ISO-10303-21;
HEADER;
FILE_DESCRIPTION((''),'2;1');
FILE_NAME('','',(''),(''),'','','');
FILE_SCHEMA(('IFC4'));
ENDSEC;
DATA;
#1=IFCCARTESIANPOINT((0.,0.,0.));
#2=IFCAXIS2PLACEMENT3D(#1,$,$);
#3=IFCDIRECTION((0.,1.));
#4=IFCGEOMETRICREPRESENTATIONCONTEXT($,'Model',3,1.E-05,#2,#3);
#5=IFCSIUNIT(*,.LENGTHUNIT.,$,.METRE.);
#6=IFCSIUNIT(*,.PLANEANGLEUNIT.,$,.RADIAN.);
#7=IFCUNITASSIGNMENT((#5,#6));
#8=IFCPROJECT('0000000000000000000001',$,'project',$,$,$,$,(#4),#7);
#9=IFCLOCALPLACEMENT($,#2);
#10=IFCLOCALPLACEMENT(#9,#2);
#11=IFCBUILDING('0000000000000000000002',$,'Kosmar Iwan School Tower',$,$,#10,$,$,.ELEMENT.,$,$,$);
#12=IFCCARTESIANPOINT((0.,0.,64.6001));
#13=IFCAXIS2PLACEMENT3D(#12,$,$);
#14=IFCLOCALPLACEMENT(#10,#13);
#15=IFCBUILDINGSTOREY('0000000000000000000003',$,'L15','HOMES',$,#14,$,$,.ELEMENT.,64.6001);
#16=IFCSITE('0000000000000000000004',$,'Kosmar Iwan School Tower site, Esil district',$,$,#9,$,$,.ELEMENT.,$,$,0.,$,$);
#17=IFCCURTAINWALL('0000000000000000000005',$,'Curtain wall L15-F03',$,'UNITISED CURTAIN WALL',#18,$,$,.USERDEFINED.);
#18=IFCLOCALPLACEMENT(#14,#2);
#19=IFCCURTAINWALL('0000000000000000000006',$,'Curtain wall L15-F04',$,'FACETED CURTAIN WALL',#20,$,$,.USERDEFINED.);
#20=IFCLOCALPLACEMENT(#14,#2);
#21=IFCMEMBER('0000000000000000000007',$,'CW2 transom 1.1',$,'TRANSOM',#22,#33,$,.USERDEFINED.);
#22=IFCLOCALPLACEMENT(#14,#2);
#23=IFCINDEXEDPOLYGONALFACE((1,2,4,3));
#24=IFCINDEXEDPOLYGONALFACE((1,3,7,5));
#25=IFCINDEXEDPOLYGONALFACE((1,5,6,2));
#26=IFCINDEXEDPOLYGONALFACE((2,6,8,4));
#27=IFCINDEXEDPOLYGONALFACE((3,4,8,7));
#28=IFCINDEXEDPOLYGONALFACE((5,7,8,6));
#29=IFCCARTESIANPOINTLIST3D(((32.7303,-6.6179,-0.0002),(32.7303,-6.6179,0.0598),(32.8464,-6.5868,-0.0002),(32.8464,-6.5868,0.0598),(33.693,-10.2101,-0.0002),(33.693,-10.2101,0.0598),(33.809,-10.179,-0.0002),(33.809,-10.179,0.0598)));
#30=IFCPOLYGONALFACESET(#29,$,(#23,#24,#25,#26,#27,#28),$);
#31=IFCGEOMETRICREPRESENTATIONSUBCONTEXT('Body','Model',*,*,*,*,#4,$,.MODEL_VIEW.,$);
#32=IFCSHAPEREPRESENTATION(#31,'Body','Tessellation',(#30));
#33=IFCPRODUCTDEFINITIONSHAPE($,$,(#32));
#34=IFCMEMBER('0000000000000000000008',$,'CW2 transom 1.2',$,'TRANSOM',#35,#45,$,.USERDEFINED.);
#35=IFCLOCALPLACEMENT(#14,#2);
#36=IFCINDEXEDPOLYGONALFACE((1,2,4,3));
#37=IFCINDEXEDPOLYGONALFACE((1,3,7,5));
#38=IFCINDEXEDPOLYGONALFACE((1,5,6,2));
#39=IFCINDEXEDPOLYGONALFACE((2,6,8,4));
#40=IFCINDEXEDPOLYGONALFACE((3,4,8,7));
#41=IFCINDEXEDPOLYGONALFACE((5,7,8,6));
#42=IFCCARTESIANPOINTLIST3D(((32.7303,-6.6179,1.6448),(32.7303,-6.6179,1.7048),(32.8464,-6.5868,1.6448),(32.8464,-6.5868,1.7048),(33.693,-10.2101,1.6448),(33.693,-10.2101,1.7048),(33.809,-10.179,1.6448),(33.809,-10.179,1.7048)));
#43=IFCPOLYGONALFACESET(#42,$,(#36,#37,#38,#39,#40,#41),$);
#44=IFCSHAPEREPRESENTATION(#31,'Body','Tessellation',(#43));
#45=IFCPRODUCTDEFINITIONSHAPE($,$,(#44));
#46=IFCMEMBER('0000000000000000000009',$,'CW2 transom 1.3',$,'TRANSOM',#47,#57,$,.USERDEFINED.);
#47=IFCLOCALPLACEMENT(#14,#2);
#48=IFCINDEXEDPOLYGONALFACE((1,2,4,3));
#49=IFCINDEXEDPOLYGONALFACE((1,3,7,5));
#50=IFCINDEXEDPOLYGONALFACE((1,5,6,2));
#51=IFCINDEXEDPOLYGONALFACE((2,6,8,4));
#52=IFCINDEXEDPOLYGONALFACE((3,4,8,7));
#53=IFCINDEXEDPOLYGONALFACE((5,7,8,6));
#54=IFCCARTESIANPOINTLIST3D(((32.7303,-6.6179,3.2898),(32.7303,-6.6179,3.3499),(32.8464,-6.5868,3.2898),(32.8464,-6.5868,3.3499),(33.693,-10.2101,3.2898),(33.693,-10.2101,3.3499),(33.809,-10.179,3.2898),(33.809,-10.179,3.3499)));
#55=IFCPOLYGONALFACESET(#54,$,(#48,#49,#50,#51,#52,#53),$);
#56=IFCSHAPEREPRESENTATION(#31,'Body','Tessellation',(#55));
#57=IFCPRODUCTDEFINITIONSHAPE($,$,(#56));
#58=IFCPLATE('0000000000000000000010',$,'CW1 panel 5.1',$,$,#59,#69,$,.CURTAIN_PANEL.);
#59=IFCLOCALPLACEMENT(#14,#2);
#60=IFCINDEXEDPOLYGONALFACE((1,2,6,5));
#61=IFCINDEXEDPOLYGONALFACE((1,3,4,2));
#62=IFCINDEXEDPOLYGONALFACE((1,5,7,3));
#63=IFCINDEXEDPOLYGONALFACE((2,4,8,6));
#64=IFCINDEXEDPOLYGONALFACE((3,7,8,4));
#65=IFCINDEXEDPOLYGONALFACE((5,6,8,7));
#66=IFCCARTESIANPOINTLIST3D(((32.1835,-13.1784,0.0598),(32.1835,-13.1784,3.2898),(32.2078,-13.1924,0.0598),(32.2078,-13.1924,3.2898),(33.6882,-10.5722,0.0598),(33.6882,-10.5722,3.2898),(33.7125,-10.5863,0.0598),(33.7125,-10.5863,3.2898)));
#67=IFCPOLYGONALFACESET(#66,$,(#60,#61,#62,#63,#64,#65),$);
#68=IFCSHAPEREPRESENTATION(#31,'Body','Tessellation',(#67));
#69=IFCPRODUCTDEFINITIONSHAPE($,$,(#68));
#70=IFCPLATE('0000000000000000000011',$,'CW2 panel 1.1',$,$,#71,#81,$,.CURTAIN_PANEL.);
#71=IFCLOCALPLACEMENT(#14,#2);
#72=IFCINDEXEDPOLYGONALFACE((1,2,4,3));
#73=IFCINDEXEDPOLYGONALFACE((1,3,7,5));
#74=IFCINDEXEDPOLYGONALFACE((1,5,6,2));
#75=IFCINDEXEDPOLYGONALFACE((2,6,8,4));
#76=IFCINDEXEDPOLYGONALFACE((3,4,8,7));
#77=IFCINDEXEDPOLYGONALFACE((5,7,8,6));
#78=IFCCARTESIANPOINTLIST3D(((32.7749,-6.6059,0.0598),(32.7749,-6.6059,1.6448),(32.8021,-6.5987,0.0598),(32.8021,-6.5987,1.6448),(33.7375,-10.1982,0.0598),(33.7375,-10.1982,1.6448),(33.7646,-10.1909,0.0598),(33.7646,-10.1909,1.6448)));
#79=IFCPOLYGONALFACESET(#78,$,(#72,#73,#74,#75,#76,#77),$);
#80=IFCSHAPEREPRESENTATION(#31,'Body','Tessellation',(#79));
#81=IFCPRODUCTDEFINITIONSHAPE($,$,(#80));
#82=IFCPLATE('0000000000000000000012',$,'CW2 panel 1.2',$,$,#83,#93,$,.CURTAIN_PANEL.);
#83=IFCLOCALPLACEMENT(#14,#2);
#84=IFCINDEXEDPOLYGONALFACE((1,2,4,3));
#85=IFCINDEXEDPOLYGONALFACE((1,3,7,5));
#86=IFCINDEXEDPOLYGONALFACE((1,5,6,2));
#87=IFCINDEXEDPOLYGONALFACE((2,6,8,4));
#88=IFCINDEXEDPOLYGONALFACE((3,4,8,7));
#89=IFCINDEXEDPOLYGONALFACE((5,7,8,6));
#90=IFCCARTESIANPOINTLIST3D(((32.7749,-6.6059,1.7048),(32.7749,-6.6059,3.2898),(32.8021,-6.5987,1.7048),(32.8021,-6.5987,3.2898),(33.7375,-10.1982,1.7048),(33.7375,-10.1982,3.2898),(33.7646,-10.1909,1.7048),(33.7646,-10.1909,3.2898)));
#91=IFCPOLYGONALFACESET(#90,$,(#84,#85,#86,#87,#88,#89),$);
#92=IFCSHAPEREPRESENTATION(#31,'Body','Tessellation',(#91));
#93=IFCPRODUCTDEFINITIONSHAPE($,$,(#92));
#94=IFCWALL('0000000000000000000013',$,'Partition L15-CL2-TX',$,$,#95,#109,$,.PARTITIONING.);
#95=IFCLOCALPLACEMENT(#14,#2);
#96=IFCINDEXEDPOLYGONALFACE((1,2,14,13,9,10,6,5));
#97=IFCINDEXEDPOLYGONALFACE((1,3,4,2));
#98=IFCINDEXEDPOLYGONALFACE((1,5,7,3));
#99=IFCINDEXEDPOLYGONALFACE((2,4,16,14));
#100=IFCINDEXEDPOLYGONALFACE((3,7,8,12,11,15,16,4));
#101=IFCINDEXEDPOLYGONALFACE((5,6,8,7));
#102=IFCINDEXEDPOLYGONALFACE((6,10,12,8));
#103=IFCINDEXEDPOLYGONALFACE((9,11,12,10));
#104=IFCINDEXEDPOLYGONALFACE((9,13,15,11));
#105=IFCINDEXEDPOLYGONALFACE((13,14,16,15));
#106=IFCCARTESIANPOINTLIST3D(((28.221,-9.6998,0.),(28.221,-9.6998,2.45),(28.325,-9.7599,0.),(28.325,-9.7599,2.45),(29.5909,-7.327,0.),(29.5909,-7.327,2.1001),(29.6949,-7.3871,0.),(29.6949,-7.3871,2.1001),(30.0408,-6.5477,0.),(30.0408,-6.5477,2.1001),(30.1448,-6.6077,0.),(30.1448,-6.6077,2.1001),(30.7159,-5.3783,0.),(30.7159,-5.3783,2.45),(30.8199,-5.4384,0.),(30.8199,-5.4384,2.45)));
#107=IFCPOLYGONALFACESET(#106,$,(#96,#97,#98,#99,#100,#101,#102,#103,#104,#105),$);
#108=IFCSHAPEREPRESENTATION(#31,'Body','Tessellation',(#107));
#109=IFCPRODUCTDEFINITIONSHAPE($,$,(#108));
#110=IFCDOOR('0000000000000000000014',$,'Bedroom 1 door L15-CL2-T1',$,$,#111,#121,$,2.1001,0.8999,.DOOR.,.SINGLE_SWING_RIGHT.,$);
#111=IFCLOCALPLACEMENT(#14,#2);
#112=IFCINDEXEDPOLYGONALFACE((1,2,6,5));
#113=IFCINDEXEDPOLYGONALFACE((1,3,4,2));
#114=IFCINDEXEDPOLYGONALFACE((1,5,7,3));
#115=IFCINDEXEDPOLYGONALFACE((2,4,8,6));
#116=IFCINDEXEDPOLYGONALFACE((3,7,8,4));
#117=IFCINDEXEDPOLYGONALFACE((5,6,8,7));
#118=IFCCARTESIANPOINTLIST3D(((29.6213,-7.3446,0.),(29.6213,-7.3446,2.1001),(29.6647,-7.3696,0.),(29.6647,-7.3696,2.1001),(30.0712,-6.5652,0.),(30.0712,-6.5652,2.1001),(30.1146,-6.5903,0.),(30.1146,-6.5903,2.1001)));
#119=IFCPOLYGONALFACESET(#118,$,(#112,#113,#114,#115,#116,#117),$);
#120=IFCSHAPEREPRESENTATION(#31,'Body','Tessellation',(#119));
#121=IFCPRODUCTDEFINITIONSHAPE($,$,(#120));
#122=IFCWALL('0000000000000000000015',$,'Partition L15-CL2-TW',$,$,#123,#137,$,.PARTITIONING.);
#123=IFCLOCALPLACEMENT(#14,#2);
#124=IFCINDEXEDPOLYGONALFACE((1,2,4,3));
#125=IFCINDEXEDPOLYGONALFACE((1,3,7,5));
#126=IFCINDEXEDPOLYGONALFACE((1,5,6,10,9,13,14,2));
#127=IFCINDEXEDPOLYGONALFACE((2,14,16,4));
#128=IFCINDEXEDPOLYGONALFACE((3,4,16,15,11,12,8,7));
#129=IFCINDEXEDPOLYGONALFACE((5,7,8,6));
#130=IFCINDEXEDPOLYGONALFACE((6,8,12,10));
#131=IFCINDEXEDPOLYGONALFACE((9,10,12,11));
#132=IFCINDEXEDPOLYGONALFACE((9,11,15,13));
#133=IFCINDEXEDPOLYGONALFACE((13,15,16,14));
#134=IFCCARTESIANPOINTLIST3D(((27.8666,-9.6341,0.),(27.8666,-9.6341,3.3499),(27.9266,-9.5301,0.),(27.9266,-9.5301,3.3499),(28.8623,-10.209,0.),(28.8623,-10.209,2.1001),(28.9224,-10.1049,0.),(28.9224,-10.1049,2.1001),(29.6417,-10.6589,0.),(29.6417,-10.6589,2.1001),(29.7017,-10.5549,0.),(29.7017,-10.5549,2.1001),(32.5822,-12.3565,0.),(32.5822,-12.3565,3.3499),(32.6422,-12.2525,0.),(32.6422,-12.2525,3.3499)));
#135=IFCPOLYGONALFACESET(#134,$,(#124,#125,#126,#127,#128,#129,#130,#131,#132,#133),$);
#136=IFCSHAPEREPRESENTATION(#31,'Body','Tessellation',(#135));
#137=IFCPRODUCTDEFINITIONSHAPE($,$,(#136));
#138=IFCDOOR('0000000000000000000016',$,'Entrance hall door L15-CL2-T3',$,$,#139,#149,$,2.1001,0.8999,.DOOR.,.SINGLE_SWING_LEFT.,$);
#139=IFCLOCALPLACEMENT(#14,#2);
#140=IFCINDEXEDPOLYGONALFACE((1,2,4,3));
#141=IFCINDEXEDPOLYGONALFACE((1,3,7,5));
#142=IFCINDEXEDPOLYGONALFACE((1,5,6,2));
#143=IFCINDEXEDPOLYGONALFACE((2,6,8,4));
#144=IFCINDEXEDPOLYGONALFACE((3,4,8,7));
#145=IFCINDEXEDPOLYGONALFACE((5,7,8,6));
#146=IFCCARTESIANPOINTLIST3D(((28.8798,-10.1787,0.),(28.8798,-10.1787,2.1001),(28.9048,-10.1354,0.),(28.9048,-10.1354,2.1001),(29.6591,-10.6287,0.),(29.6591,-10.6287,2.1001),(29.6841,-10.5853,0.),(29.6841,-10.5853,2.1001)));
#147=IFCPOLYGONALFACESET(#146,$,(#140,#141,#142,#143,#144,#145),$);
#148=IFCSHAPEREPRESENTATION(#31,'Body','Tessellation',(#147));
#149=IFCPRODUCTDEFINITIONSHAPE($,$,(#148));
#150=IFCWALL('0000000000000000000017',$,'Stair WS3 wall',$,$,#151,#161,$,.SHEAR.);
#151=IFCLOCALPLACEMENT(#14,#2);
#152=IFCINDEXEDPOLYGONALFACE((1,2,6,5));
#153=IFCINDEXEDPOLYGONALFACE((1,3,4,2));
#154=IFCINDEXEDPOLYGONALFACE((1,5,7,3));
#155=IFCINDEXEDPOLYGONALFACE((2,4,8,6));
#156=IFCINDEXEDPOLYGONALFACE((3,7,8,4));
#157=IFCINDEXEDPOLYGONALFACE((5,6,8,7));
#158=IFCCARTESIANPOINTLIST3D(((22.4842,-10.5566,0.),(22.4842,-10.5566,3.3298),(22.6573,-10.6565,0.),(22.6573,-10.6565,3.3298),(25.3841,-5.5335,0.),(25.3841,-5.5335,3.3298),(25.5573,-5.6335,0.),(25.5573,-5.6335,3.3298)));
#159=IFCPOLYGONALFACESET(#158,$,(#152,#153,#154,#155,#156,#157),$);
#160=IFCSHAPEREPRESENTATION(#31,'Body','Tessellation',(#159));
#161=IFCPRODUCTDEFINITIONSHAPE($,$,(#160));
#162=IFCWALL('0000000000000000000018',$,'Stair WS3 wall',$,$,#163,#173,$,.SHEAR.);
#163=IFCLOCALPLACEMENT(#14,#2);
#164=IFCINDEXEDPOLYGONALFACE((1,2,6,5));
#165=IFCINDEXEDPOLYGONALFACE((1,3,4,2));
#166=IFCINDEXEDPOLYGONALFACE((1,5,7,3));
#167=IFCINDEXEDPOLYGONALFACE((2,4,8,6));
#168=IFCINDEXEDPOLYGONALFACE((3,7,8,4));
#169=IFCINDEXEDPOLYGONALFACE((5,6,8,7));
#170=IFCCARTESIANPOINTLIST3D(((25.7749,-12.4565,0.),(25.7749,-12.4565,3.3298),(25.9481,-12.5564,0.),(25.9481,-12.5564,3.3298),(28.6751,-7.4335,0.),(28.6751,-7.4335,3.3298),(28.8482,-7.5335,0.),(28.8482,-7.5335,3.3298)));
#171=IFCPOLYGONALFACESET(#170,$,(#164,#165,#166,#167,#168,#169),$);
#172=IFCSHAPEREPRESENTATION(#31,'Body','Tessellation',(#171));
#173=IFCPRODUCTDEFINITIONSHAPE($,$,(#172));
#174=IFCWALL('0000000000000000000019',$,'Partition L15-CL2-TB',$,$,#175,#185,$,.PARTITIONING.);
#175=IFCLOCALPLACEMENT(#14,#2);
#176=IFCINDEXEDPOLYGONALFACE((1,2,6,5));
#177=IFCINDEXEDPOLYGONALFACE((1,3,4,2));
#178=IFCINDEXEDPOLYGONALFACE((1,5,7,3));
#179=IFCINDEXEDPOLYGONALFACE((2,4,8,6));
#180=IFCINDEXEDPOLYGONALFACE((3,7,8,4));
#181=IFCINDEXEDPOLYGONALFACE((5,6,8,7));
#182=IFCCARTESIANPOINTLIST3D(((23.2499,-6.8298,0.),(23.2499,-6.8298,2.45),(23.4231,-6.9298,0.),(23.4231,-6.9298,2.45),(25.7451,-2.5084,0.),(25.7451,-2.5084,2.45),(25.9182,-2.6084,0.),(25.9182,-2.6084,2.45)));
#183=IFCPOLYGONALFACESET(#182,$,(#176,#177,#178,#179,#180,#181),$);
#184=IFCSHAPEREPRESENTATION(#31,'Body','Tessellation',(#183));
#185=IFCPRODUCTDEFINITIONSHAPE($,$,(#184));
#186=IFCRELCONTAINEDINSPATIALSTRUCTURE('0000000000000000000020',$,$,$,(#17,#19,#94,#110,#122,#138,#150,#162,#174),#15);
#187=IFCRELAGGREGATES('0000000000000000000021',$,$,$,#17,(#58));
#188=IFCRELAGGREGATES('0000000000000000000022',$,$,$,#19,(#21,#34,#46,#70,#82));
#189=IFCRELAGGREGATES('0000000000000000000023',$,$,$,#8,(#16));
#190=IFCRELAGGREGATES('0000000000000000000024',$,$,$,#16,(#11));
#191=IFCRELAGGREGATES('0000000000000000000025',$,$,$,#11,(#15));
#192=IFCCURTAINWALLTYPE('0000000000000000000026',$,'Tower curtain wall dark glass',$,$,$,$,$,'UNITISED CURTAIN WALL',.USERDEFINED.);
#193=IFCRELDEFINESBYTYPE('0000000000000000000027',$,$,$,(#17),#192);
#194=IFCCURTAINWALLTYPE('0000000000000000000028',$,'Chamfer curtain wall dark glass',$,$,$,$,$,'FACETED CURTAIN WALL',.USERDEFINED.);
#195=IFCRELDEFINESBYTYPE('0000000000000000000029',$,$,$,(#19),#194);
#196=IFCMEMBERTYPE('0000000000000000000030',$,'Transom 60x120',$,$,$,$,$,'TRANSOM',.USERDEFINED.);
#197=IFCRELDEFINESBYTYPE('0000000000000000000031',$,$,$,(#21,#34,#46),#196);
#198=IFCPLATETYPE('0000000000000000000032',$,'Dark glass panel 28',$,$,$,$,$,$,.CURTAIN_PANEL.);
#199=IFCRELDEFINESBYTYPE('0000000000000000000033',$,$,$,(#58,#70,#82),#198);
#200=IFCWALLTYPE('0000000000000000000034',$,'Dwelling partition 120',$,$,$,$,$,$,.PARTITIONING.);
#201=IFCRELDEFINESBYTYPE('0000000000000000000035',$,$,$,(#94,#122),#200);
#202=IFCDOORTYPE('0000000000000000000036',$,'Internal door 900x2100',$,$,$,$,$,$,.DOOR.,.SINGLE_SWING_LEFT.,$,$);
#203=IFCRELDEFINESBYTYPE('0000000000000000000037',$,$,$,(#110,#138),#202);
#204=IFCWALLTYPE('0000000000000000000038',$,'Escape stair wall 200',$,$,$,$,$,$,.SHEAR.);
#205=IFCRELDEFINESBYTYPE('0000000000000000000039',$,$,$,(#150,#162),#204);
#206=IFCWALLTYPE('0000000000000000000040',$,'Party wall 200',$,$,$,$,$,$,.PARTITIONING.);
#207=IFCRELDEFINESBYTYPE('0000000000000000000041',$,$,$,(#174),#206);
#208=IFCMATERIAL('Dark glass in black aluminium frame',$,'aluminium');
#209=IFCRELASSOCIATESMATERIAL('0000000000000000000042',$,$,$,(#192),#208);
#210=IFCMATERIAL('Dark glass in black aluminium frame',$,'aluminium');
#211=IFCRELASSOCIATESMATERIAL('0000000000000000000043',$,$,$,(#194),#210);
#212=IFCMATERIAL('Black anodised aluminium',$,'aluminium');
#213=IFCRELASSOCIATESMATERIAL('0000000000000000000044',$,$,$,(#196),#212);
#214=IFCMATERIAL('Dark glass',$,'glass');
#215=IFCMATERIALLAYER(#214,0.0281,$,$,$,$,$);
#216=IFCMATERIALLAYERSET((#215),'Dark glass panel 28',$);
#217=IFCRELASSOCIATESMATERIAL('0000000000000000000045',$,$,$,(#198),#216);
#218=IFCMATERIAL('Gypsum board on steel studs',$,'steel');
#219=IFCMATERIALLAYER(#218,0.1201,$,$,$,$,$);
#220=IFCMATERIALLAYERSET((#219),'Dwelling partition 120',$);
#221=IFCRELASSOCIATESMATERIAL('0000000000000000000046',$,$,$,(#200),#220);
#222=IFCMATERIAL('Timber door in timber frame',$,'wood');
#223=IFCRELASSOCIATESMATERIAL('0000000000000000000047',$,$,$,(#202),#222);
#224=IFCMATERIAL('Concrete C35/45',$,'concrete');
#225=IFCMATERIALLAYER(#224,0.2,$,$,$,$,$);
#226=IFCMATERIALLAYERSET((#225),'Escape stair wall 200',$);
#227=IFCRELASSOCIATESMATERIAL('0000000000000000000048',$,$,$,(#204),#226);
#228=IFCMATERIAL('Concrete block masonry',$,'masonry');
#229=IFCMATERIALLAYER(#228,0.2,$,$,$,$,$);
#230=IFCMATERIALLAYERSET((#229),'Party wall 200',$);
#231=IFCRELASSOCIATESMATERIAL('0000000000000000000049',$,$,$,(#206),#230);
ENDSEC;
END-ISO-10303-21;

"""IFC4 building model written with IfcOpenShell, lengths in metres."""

from ifc_helpers import new_model, si_unit, direction, frame, frame_2d, origin, origin_2d, place, context, subcontext, project, spatial, rectangle, extrude, material, layer, layer_set, material_profile, profile_set, type_object, element, fill, aggregate, save


model = new_model("IFC4")

# Units and contexts
model_context = context("Model", 3, precision=1e-05, world=origin(), true_north=direction((0.0, 1.0)))
body_context = subcontext(model_context, "Body", "Model", "MODEL_VIEW")
ifc_project = project(units=[si_unit("LENGTHUNIT", "METRE"), si_unit("PLANEANGLEUNIT", "RADIAN")], contexts=[model_context])

# Site, building, storey
site_placement = place(None, origin())
site = spatial("IfcSite", under=ifc_project, at=site_placement, Name="Kosmar Iwan School Tower site, Esil district", CompositionType="ELEMENT", RefElevation=0.0)
building_placement = place(site_placement, origin())
building = spatial("IfcBuilding", under=site, at=building_placement, Name="Kosmar Iwan School Tower", CompositionType="ELEMENT")
storey_placement = place(building_placement, frame((0.0, 0.0, 64.6001)))
storey = spatial("IfcBuildingStorey", under=building, at=storey_placement, Name="L15", Description="HOMES", CompositionType="ELEMENT", Elevation=64.6001)

# Curtain wall
ifc_material_1 = material(Name="Dark glass in black aluminium frame", Category="aluminium")
curtain_wall_type_1 = type_object("IfcCurtainWallType", Name="Tower curtain wall dark glass", ElementType="UNITISED CURTAIN WALL", PredefinedType="USERDEFINED", material=ifc_material_1)
curtain_wall_1_placement = place(storey_placement, origin())
curtain_wall_1 = element("IfcCurtainWall", 1, at=curtain_wall_1_placement, inside=storey, type_object=curtain_wall_type_1, Name="Curtain wall L15-F03", ObjectType="UNITISED CURTAIN WALL", PredefinedType="USERDEFINED")

# Curtain wall
ifc_material_2 = material(Name="Dark glass in black aluminium frame", Category="aluminium")
curtain_wall_type_2 = type_object("IfcCurtainWallType", Name="Chamfer curtain wall dark glass", ElementType="FACETED CURTAIN WALL", PredefinedType="USERDEFINED", material=ifc_material_2)
curtain_wall_2_placement = place(storey_placement, origin())
curtain_wall_2 = element("IfcCurtainWall", 2, at=curtain_wall_2_placement, inside=storey, type_object=curtain_wall_type_2, Name="Curtain wall L15-F04", ObjectType="FACETED CURTAIN WALL", PredefinedType="USERDEFINED")

# Members
ifc_material_3 = material(Name="Black anodised aluminium", Category="aluminium")
ifc_material_profile_1 = material_profile(ifc_material_3, rectangle(XDim=0.1201, YDim=0.0601, at=origin_2d()), Name="TRANSOM 60x120")
ifc_profile_set_1 = profile_set([ifc_material_profile_1], Name="Black anodised aluminium")
member_type_1 = type_object("IfcMemberType", Name="Transom 60x120", ElementType="TRANSOM", PredefinedType="USERDEFINED", material=ifc_profile_set_1)
member_1_placement = place(storey_placement, frame((33.751, -10.1946, 0.0298), z_axis=(-0.258843, 0.965919, 0.0), x_axis=(-0.965919, -0.258843, 0.0)))
member_1 = element("IfcMember", 3, at=member_1_placement, type_object=member_type_1, Name="CW2 transom 1.1", ObjectType="TRANSOM", PredefinedType="USERDEFINED", context=body_context, shape_type="SweptSolid", body=[
    extrude(rectangle(XDim=0.1201, YDim=0.0601, at=origin_2d()), origin(), (0.0, 0.0, 1.0), 3.719),
])
member_2_placement = place(storey_placement, frame((33.751, -10.1946, 1.6748), z_axis=(-0.258843, 0.965919, 0.0), x_axis=(-0.965919, -0.258843, 0.0)))
member_2 = element("IfcMember", 4, at=member_2_placement, type_object=member_type_1, Name="CW2 transom 1.2", ObjectType="TRANSOM", PredefinedType="USERDEFINED", context=body_context, shape_type="SweptSolid", body=[
    extrude(rectangle(XDim=0.1201, YDim=0.0601, at=origin_2d()), origin(), (0.0, 0.0, 1.0), 3.719),
])
member_3_placement = place(storey_placement, frame((33.751, -10.1946, 3.3198), z_axis=(-0.258843, 0.965919, 0.0), x_axis=(-0.965919, -0.258843, 0.0)))
member_3 = element("IfcMember", 5, at=member_3_placement, type_object=member_type_1, Name="CW2 transom 1.3", ObjectType="TRANSOM", PredefinedType="USERDEFINED", context=body_context, shape_type="SweptSolid", body=[
    extrude(rectangle(XDim=0.1201, YDim=0.0601, at=origin_2d()), origin(), (0.0, 0.0, 1.0), 3.719),
])

# Plates
ifc_material_4 = material(Name="Dark glass", Category="glass")
ifc_layer_1 = layer(ifc_material_4, 0.0281)
ifc_layer_set_1 = layer_set([ifc_layer_1], Name="Dark glass panel 28")
plate_type = type_object("IfcPlateType", Name="Dark glass panel 28", PredefinedType="CURTAIN_PANEL", material=ifc_layer_set_1)
plate_1_placement = place(storey_placement, frame((32.948, -11.8823, 0.0598), z_axis=(0.0, 0.0, 1.0), x_axis=(0.5, 0.866025, 0.0)))
plate_1 = element("IfcPlate", 6, at=plate_1_placement, type_object=plate_type, Name="CW1 panel 5.1", PredefinedType="CURTAIN_PANEL", context=body_context, shape_type="SweptSolid", body=[
    extrude(rectangle(XDim=3.0093, YDim=0.0281, at=origin_2d()), origin(), (0.0, 0.0, 1.0), 3.23),
])
aggregate(curtain_wall_1, [plate_1])
plate_2_placement = place(storey_placement, frame((33.2698, -8.3984, 0.0598), z_axis=(0.0, 0.0, 1.0), x_axis=(-0.258819, 0.965926, 0.0)))
plate_2 = element("IfcPlate", 7, at=plate_2_placement, type_object=plate_type, Name="CW2 panel 1.1", PredefinedType="CURTAIN_PANEL", context=body_context, shape_type="SweptSolid", body=[
    extrude(rectangle(XDim=3.719, YDim=0.0281, at=origin_2d()), origin(), (0.0, 0.0, 1.0), 1.585),
])
plate_3_placement = place(storey_placement, frame((33.2698, -8.3984, 1.7048), z_axis=(0.0, 0.0, 1.0), x_axis=(-0.258819, 0.965926, 0.0)))
plate_3 = element("IfcPlate", 8, at=plate_3_placement, type_object=plate_type, Name="CW2 panel 1.2", PredefinedType="CURTAIN_PANEL", context=body_context, shape_type="SweptSolid", body=[
    extrude(rectangle(XDim=3.719, YDim=0.0281, at=origin_2d()), origin(), (0.0, 0.0, 1.0), 1.585),
])
aggregate(curtain_wall_2, [member_1, member_2, member_3, plate_2, plate_3])

# Walls, openings, doors
ifc_material_5 = material(Name="Gypsum board on steel studs", Category="steel")
ifc_layer_2 = layer(ifc_material_5, 0.1201)
ifc_layer_set_2 = layer_set([ifc_layer_2], Name="Dwelling partition 120")
wall_type_1 = type_object("IfcWallType", Name="Dwelling partition 120", PredefinedType="PARTITIONING", material=ifc_layer_set_2)
wall_1_placement = place(storey_placement, frame((28.2729, -9.73, 0.0), z_axis=(0.0, 0.0, 1.0), x_axis=(0.499975, 0.86604, 0.0)))
wall_1 = element("IfcWall", 9, at=wall_1_placement, inside=storey, type_object=wall_type_1, Name="Partition L15-CL2-TX", PredefinedType="PARTITIONING", context=body_context, shape_type="SweptSolid", body=[
    extrude(rectangle(XDim=4.99, YDim=0.1201, at=frame_2d((2.4951, 0.0))), origin(), (0.0, 0.0, 1.0), 2.45),
])
opening_1_placement = place(wall_1_placement, frame((2.74, 0.0, 0.0)))
opening_1 = element("IfcOpeningElement", 10, at=opening_1_placement, cuts=wall_1, PredefinedType="OPENING", context=body_context, shape_type="SweptSolid", body=[
    extrude(rectangle(XDim=0.8999, YDim=2.1001, at=frame_2d((0.45, 1.05))), frame((0.0, 0.072, 0.0), z_axis=(0.0, -1.0, 0.0), x_axis=(1.0, 0.0, 0.0)), (0.0, 0.0, 1.0), 0.144),
])
ifc_material_6 = material(Name="Timber door in timber frame", Category="wood")
door_type = type_object("IfcDoorType", Name="Internal door 900x2100", OperationType="SINGLE_SWING_LEFT", PredefinedType="DOOR", material=ifc_material_6)
door_1_placement = place(opening_1_placement, origin())
door_1 = element("IfcDoor", 11, at=door_1_placement, inside=storey, type_object=door_type, Name="Bedroom 1 door L15-CL2-T1", OperationType="SINGLE_SWING_RIGHT", OverallHeight=2.1001, OverallWidth=0.8999, PredefinedType="DOOR", context=body_context, shape_type="SweptSolid", body=[
    extrude(rectangle(XDim=0.8999, YDim=2.1001, at=frame_2d((0.45, 1.05))), frame((0.0, 0.0249, 0.0), z_axis=(0.0, -1.0, 0.0), x_axis=(1.0, 0.0, 0.0)), (0.0, 0.0, 1.0), 0.05),
])
fill(opening_1, door_1)
wall_2_placement = place(storey_placement, frame((27.8965, -9.582, 0.0), z_axis=(0.0, 0.0, 1.0), x_axis=(0.866036, -0.499982, 0.0)))
wall_2 = element("IfcWall", 12, at=wall_2_placement, inside=storey, type_object=wall_type_1, Name="Partition L15-CL2-TW", PredefinedType="PARTITIONING", context=body_context, shape_type="SweptSolid", body=[
    extrude(rectangle(XDim=5.4451, YDim=0.1201, at=frame_2d((2.7227, 0.0))), origin(), (0.0, 0.0, 1.0), 3.3499),
])
opening_2_placement = place(wall_2_placement, frame((1.1499, 0.0, 0.0)))
opening_2 = element("IfcOpeningElement", 13, at=opening_2_placement, cuts=wall_2, PredefinedType="OPENING", context=body_context, shape_type="SweptSolid", body=[
    extrude(rectangle(XDim=0.8999, YDim=2.1001, at=frame_2d((0.45, 1.05))), frame((0.0, 0.072, 0.0), z_axis=(0.0, -1.0, 0.0), x_axis=(1.0, 0.0, 0.0)), (0.0, 0.0, 1.0), 0.144),
])
door_2_placement = place(opening_2_placement, origin())
door_2 = element("IfcDoor", 14, at=door_2_placement, inside=storey, type_object=door_type, Name="Entrance hall door L15-CL2-T3", OperationType="SINGLE_SWING_LEFT", OverallHeight=2.1001, OverallWidth=0.8999, PredefinedType="DOOR", context=body_context, shape_type="SweptSolid", body=[
    extrude(rectangle(XDim=0.8999, YDim=2.1001, at=frame_2d((0.45, 1.05))), frame((0.0, 0.0249, 0.0), z_axis=(0.0, -1.0, 0.0), x_axis=(1.0, 0.0, 0.0)), (0.0, 0.0, 1.0), 0.05),
])
fill(opening_2, door_2)

# Walls
ifc_material_7 = material(Name="Concrete C35/45", Category="concrete")
ifc_layer_3 = layer(ifc_material_7, 0.2)
ifc_layer_set_3 = layer_set([ifc_layer_3], Name="Escape stair wall 200")
wall_type_2 = type_object("IfcWallType", Name="Escape stair wall 200", PredefinedType="SHEAR", material=ifc_layer_set_3)
for number, where, z_axis, x_axis, name in (
    (15, (22.5708, -10.6064, 0.0), (0.0, 0.0, 1.0), (0.499987, 0.866033, 0.0), "Stair WS3 wall"),
    (16, (25.8616, -12.5063, 0.0), (0.0, 0.0, 1.0), (0.500019, 0.866015, 0.0), "Stair WS3 wall"),
):
    element("IfcWall", number, at=place(storey_placement, frame(where, z_axis=z_axis, x_axis=x_axis)), inside=storey, type_object=wall_type_2, Name=name, PredefinedType="SHEAR", context=body_context, shape_type="SweptSolid", body=[
        extrude(rectangle(XDim=5.8, YDim=0.2, at=frame_2d((2.8999, 0.0))), origin(), (0.0, 0.0, 1.0), 3.3298),
    ])
ifc_material_8 = material(Name="Concrete block masonry", Category="masonry")
ifc_layer_4 = layer(ifc_material_8, 0.2)
ifc_layer_set_4 = layer_set([ifc_layer_4], Name="Party wall 200")
wall_type_3 = type_object("IfcWallType", Name="Party wall 200", PredefinedType="PARTITIONING", material=ifc_layer_set_4)
wall_3_placement = place(storey_placement, frame((23.3364, -6.8799, 0.0), z_axis=(0.0, 0.0, 1.0), x_axis=(0.500033, 0.866006, 0.0)))
element("IfcWall", 17, at=wall_3_placement, inside=storey, type_object=wall_type_3, Name="Partition L15-CL2-TB", PredefinedType="PARTITIONING", context=body_context, shape_type="SweptSolid", body=[
    extrude(rectangle(XDim=4.99, YDim=0.2, at=frame_2d((2.4951, 0.0))), origin(), (0.0, 0.0, 1.0), 2.45),
])

save(model, "model.ifc")
